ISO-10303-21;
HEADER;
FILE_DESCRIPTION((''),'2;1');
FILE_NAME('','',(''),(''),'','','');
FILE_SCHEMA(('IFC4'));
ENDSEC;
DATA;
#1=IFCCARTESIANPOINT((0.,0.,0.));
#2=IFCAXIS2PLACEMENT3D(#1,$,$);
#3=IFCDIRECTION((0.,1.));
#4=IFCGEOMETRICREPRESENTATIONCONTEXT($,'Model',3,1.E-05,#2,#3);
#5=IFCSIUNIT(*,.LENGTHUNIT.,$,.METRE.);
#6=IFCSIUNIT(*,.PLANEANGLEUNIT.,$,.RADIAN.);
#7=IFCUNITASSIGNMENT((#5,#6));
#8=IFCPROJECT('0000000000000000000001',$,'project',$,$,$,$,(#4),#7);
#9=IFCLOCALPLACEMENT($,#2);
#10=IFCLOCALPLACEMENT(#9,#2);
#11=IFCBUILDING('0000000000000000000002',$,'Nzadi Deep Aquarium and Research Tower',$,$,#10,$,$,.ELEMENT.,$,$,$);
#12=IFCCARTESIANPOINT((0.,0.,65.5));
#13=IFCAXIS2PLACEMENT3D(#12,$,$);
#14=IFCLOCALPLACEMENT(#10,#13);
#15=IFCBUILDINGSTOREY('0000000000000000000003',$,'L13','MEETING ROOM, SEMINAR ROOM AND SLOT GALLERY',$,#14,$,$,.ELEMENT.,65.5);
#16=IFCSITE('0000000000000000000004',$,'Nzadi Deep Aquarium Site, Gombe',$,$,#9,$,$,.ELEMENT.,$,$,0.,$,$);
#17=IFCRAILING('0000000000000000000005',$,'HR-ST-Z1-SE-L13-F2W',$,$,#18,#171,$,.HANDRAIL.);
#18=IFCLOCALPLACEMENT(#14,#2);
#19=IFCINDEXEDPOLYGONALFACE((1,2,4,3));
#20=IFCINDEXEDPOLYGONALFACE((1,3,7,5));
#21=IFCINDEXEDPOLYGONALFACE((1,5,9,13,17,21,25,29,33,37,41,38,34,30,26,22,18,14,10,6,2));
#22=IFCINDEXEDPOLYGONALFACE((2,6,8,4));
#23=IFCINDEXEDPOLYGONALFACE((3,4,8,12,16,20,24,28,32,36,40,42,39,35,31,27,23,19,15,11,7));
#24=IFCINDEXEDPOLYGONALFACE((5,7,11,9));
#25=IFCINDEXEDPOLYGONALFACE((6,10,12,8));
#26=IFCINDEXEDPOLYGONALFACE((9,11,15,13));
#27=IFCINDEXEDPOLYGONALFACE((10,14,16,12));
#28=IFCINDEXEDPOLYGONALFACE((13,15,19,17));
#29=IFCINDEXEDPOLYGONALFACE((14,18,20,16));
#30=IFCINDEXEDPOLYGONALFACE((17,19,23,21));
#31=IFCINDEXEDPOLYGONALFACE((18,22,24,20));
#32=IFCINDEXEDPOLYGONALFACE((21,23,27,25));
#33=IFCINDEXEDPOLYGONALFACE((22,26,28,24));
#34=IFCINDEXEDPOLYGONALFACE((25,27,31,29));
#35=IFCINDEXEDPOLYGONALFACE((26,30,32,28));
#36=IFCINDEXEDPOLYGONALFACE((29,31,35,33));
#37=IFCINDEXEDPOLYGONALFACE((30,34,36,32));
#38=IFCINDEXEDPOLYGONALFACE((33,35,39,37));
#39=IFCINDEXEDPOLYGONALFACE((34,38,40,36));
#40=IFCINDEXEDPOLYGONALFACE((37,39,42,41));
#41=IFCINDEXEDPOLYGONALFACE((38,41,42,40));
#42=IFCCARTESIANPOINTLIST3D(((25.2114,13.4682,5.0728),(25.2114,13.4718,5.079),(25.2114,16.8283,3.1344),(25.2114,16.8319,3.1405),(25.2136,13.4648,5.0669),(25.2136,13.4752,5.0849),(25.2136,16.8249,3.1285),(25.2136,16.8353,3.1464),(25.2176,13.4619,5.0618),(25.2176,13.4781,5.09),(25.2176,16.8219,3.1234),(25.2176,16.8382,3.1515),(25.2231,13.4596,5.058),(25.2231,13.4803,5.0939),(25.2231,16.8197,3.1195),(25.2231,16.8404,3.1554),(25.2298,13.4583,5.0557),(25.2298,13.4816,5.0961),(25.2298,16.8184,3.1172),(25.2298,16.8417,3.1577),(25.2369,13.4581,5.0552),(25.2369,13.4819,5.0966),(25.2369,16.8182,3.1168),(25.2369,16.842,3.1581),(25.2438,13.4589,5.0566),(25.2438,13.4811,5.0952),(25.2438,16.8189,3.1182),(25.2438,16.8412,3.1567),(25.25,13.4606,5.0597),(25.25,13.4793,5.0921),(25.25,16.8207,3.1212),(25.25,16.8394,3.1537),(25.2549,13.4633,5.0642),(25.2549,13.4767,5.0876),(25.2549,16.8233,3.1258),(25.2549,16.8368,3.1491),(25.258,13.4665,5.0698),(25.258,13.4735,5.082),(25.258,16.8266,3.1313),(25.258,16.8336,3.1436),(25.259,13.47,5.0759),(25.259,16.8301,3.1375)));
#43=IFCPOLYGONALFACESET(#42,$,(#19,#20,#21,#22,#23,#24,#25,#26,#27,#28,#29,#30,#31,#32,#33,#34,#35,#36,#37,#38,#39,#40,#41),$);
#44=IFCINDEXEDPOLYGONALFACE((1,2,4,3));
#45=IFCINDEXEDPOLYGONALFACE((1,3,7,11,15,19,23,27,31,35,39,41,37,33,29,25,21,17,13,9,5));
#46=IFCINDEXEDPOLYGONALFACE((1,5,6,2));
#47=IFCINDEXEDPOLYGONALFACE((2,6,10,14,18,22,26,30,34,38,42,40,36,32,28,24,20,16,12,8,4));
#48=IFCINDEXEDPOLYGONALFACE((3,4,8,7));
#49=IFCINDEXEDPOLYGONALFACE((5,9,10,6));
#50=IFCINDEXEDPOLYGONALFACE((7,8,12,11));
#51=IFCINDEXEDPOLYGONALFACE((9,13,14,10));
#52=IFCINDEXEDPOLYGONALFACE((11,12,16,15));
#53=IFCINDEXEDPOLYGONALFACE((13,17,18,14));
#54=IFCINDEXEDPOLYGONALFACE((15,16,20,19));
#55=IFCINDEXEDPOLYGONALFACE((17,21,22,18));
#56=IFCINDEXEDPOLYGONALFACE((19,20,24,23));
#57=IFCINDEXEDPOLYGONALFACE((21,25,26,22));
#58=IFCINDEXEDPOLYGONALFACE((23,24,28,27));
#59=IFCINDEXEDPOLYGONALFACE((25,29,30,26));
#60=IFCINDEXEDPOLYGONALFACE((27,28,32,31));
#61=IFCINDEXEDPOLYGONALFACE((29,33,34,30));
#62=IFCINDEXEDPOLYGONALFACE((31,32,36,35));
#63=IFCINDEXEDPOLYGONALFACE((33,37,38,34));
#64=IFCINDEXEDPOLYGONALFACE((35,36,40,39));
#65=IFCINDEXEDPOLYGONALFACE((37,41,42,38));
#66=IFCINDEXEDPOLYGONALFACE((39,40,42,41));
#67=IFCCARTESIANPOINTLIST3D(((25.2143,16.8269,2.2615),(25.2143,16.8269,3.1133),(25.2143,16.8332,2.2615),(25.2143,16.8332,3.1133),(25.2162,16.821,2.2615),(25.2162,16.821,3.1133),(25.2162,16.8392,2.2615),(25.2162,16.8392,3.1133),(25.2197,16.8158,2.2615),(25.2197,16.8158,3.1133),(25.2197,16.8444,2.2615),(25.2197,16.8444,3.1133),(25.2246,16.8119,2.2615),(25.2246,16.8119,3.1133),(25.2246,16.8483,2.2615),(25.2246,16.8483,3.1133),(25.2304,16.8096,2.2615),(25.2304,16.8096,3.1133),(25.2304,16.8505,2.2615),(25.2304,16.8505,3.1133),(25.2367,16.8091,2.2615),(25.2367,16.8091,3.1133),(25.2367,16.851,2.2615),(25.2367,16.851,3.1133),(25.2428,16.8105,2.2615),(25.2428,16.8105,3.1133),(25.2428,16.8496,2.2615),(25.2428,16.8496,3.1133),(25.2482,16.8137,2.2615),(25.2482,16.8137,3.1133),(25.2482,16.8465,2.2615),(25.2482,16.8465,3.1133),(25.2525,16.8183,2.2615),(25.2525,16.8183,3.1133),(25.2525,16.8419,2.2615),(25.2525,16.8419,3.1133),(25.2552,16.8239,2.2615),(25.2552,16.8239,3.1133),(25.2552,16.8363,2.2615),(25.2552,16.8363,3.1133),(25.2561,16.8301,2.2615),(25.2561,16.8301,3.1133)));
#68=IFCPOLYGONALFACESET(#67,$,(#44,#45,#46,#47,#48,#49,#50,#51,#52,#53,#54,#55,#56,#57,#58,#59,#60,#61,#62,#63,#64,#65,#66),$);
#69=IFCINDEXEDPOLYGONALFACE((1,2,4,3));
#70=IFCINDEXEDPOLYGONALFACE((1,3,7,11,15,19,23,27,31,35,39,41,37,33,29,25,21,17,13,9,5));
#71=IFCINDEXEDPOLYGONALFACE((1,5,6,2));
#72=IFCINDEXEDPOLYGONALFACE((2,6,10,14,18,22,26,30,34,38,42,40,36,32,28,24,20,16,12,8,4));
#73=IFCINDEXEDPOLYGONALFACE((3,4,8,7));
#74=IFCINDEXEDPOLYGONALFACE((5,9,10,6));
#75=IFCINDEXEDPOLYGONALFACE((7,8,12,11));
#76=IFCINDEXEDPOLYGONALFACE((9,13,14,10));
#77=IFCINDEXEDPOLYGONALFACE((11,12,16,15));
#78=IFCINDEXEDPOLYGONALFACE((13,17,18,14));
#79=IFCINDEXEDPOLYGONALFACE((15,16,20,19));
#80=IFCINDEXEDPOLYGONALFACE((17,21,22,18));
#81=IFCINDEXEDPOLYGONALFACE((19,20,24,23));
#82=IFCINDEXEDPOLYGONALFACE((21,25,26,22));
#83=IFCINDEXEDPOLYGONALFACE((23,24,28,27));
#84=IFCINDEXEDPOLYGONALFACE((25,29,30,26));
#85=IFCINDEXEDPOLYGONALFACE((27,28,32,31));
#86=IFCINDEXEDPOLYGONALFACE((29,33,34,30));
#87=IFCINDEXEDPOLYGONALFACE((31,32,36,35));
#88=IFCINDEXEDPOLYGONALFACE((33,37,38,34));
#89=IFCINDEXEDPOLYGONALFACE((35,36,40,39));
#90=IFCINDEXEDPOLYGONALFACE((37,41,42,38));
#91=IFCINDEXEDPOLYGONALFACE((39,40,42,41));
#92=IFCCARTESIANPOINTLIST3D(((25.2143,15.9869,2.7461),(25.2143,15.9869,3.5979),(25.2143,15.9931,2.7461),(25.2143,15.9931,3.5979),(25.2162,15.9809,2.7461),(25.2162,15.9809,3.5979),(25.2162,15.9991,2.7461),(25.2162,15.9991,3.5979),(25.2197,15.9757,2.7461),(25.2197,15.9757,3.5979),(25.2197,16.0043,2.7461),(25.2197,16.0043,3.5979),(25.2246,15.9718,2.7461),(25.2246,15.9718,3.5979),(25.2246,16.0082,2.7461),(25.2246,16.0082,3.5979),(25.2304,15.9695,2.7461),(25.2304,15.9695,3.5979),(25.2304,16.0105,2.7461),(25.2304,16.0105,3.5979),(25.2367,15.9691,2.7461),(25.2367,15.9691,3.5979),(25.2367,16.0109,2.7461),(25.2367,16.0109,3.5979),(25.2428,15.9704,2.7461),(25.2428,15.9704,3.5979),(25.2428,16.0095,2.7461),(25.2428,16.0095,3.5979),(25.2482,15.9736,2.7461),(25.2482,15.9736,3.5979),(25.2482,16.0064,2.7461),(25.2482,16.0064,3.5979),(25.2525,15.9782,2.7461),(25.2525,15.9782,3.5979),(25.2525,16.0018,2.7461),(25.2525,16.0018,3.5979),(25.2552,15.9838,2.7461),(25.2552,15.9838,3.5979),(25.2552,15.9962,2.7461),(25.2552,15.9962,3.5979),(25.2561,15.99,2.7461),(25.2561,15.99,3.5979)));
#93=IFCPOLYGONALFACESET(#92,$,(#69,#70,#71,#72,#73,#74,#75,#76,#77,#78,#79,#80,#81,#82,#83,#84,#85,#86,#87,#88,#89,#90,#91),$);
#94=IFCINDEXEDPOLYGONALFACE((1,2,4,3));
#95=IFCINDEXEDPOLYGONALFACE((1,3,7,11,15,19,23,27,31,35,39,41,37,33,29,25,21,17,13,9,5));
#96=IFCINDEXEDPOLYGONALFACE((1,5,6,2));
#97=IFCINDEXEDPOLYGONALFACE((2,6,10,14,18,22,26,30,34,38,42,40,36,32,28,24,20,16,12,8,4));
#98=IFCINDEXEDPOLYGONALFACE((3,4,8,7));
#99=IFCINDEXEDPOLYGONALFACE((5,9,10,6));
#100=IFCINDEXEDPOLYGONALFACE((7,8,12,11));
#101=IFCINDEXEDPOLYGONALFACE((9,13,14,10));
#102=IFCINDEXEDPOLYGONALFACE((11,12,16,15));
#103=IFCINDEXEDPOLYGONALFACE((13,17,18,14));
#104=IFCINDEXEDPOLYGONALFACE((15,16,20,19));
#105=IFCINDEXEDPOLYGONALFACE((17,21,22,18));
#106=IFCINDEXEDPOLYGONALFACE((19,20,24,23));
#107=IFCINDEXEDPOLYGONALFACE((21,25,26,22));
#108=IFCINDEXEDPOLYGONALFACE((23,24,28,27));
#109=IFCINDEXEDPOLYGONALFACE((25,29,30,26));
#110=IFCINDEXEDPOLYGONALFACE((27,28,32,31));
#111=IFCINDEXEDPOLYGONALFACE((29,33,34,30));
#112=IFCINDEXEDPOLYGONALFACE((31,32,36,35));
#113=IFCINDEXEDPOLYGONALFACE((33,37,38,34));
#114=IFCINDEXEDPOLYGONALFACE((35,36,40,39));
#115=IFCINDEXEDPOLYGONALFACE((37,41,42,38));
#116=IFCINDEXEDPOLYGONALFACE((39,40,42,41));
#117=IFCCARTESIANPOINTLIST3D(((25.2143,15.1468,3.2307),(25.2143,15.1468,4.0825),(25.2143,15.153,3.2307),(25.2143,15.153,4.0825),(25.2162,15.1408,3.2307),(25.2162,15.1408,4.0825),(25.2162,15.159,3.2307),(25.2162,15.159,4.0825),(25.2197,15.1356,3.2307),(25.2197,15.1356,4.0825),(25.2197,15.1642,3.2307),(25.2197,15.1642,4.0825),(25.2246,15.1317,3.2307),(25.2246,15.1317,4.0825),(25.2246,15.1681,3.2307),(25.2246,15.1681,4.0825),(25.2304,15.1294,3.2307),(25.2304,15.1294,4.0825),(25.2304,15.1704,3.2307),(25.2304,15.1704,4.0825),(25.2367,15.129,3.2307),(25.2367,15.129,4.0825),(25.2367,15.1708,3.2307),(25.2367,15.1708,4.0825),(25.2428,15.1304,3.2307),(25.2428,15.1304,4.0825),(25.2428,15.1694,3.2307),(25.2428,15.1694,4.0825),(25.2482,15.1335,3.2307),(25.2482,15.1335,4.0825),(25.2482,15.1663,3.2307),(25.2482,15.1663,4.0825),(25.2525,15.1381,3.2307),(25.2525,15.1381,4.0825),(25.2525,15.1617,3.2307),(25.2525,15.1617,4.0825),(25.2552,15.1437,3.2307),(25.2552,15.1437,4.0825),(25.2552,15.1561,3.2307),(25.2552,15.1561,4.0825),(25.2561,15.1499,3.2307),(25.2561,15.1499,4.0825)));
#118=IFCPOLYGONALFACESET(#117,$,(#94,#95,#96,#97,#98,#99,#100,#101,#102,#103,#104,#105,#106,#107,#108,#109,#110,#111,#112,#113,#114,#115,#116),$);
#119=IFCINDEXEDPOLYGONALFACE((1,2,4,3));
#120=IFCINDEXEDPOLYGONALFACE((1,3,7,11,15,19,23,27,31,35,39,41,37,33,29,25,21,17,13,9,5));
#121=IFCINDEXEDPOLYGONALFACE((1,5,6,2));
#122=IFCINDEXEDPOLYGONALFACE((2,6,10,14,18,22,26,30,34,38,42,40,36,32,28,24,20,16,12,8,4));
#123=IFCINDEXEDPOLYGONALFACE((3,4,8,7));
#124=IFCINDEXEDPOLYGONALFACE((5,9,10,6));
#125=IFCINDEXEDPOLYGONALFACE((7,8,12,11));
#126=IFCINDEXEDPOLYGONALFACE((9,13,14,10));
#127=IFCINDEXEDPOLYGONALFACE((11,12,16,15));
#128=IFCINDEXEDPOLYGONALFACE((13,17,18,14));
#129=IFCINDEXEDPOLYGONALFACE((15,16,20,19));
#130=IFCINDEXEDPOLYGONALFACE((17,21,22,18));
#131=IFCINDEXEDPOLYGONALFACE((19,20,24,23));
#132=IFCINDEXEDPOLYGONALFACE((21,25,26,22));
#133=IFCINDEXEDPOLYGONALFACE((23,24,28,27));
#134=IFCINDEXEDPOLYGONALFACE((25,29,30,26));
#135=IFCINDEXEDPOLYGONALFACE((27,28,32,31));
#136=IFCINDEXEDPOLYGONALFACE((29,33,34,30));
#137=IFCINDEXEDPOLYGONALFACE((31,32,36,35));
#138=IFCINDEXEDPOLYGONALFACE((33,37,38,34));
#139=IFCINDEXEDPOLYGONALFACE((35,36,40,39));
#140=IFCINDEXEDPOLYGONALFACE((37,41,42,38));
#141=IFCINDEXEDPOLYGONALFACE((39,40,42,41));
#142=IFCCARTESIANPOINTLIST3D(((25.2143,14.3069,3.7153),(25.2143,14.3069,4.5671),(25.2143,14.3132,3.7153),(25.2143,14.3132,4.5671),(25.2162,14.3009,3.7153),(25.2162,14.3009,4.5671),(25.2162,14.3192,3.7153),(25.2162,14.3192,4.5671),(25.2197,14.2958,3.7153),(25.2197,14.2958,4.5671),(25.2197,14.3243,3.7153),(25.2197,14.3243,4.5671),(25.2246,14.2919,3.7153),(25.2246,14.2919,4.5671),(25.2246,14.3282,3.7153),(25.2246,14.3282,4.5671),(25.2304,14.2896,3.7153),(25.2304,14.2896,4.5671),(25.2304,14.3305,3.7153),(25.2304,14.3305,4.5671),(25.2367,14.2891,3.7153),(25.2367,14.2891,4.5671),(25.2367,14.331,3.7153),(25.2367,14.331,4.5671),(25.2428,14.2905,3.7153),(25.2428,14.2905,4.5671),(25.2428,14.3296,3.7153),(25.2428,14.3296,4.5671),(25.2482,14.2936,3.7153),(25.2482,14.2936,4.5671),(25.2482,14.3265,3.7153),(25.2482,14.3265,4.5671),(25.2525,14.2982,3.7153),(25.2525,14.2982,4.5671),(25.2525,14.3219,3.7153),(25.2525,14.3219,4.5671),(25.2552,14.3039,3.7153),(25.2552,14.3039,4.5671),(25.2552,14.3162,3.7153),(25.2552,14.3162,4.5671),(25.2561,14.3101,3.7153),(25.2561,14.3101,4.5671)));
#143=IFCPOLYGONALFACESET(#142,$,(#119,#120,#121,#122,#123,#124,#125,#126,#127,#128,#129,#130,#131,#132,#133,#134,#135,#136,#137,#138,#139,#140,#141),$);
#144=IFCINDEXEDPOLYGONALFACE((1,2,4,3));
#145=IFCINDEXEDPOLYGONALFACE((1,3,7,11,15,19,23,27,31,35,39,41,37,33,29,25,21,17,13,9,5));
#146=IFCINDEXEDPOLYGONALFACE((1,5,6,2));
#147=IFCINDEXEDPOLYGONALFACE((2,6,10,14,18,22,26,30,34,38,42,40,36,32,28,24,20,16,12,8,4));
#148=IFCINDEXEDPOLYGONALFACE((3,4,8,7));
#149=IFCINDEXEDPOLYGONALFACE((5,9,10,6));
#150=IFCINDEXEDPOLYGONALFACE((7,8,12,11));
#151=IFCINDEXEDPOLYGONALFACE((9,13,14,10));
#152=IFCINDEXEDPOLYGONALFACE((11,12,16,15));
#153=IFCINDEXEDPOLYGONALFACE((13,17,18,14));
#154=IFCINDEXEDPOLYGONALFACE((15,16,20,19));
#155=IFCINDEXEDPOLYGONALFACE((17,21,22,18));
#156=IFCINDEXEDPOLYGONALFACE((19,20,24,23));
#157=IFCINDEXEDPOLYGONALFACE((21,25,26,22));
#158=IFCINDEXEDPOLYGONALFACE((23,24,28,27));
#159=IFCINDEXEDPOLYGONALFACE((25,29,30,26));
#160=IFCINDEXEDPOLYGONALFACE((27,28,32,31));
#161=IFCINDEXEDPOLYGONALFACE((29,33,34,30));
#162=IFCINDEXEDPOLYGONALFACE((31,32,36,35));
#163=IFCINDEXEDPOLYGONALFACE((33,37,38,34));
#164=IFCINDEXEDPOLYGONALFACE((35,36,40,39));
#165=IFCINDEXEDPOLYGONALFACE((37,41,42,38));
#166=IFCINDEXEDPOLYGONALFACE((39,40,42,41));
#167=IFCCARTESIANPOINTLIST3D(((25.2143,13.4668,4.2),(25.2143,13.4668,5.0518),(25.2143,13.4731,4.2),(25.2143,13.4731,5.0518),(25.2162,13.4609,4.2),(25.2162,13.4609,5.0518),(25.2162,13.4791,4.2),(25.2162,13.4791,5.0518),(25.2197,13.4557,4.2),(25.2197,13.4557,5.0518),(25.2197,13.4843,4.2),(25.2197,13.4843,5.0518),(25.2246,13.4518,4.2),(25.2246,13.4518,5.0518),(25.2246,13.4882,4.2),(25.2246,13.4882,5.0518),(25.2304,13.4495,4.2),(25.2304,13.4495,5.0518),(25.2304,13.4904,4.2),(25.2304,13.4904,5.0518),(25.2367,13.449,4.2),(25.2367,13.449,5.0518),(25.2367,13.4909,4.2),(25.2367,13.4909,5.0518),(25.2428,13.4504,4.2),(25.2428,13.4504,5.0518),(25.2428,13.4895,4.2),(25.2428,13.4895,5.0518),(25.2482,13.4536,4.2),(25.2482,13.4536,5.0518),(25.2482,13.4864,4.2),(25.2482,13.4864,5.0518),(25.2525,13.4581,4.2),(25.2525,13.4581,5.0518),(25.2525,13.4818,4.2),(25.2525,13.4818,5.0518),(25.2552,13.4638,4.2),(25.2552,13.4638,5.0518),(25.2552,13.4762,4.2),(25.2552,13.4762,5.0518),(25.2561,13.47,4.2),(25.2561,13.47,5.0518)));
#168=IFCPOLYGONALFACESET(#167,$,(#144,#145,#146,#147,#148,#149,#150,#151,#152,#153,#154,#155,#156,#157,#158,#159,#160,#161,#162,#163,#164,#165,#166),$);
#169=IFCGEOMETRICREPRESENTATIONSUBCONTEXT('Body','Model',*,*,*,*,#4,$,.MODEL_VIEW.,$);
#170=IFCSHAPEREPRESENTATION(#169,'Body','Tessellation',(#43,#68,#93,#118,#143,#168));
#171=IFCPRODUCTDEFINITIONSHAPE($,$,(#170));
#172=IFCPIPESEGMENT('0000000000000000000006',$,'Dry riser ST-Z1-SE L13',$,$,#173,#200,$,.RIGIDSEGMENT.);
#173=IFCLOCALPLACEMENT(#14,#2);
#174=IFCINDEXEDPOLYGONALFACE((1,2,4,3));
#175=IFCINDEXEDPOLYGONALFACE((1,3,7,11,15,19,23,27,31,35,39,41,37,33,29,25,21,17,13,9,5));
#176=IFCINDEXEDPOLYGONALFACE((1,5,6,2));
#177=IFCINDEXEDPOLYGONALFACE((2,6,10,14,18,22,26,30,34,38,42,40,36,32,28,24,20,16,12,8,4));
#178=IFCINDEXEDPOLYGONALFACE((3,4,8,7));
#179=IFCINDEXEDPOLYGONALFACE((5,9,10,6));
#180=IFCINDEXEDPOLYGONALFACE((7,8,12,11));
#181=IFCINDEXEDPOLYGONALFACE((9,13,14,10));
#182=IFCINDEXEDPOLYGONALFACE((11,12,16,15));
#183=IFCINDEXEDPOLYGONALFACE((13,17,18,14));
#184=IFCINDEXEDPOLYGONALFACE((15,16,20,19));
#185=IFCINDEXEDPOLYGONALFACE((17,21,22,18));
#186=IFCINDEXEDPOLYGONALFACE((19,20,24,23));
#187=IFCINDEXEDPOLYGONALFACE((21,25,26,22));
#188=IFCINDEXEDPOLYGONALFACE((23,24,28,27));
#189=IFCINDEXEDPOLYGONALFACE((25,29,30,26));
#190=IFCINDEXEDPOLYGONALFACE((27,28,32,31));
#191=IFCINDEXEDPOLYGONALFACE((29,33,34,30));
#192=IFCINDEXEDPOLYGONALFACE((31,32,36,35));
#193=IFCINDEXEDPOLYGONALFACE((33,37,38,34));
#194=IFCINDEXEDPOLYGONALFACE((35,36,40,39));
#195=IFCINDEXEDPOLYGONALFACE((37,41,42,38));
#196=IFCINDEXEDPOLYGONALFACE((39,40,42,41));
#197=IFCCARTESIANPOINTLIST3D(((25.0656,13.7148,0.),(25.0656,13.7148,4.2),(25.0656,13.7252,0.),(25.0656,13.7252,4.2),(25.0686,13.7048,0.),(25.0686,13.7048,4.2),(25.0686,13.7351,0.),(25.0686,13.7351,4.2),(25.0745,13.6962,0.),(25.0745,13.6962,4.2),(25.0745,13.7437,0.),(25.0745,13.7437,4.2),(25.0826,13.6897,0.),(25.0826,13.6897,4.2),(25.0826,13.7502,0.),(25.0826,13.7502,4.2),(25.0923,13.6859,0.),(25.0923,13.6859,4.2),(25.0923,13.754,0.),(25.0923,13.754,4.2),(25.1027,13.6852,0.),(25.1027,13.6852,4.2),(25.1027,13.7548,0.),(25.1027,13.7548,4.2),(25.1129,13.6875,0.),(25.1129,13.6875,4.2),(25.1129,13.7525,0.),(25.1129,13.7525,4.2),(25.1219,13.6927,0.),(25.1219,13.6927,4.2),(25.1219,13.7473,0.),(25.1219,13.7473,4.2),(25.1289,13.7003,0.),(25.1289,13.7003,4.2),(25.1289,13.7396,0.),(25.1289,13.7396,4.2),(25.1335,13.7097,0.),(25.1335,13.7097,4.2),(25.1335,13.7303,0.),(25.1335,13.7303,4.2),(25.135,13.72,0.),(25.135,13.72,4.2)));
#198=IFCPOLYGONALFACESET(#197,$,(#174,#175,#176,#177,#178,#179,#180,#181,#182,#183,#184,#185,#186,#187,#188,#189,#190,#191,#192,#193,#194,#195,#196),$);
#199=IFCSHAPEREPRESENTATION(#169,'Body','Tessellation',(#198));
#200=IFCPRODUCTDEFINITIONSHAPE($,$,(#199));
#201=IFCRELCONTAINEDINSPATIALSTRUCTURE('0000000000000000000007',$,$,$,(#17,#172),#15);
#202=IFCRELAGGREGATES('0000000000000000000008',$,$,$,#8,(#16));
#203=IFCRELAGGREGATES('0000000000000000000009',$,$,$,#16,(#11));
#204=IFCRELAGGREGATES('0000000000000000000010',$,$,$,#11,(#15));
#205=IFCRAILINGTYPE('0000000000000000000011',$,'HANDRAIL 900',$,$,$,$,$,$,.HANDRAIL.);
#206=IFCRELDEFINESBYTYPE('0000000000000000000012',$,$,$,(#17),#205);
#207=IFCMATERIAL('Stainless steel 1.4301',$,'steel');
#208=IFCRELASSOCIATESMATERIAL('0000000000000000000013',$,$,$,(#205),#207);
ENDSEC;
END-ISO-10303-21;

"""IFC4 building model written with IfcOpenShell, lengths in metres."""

from ifc_helpers import new_model, si_unit, direction, frame, origin, origin_2d, place, context, subcontext, project, spatial, circle, extrude, material, type_object, element, save


model = new_model("IFC4")

# Units and contexts
model_context = context("Model", 3, precision=1e-05, world=origin(), true_north=direction((0.0, 1.0)))
body_context = subcontext(model_context, "Body", "Model", "MODEL_VIEW")
ifc_project = project(units=[si_unit("LENGTHUNIT", "METRE"), si_unit("PLANEANGLEUNIT", "RADIAN")], contexts=[model_context])

# Site, building, storey
site_placement = place(None, origin())
site = spatial("IfcSite", under=ifc_project, at=site_placement, Name="Nzadi Deep Aquarium Site, Gombe", CompositionType="ELEMENT", RefElevation=0.0)
building_placement = place(site_placement, origin())
building = spatial("IfcBuilding", under=site, at=building_placement, Name="Nzadi Deep Aquarium and Research Tower", CompositionType="ELEMENT")
storey_placement = place(building_placement, frame((0.0, 0.0, 65.5)))
storey = spatial("IfcBuildingStorey", under=building, at=storey_placement, Name="L13", Description="MEETING ROOM, SEMINAR ROOM AND SLOT GALLERY", CompositionType="ELEMENT", Elevation=65.5)

# Railing
ifc_material_1 = material(Name="Stainless steel 1.4301", Category="steel")
railing_type_1 = type_object("IfcRailingType", Name="HANDRAIL 900", PredefinedType="HANDRAIL", material=ifc_material_1)
for number, where, name in (
    (1, (25.2351, 16.8301, 2.2615), "HR-ST-Z1-SE-L13-F2W"),
):
    element("IfcRailing", number, at=place(storey_placement, frame(where)), inside=storey, type_object=railing_type_1, Name=name, PredefinedType="HANDRAIL", context=body_context, shape_type="SweptSolid", body=[
        extrude(circle(Radius=0.0239, at=origin_2d()), frame((0.0, 0.0, 0.876), z_axis=(0.0, -0.866191, 0.499713), x_axis=(1.0, 0.0, 0.0)), (0.0, 0.0, 1.0), 3.8792),
        extrude(circle(Radius=0.021, at=origin_2d()), origin(), (0.0, 0.0, 1.0), 0.8518),
        extrude(circle(Radius=0.021, at=origin_2d()), frame((0.0, -0.8401, 0.4846)), (0.0, 0.0, 1.0), 0.8518),
        extrude(circle(Radius=0.021, at=origin_2d()), frame((0.0, -1.6802, 0.9692)), (0.0, 0.0, 1.0), 0.8518),
        extrude(circle(Radius=0.021, at=origin_2d()), frame((0.0, -2.52, 1.4539)), (0.0, 0.0, 1.0), 0.8518),
        extrude(circle(Radius=0.021, at=origin_2d()), frame((0.0, -3.3601, 1.9385)), (0.0, 0.0, 1.0), 0.8518),
    ])

# Pipe segment
pipe_segment_placement = place(storey_placement, frame((25.1001, 13.72, 0.0), z_axis=(0.0, 0.0, 1.0), x_axis=(1.0, 0.0, 0.0)))
element("IfcPipeSegment", 2, at=pipe_segment_placement, inside=storey, Name="Dry riser ST-Z1-SE L13", PredefinedType="RIGIDSEGMENT", context=body_context, shape_type="SweptSolid", body=[
    extrude(circle(Radius=0.0349, at=origin_2d()), origin(), (0.0, 0.0, 1.0), 4.2),
])

save(model, "model.ifc")
